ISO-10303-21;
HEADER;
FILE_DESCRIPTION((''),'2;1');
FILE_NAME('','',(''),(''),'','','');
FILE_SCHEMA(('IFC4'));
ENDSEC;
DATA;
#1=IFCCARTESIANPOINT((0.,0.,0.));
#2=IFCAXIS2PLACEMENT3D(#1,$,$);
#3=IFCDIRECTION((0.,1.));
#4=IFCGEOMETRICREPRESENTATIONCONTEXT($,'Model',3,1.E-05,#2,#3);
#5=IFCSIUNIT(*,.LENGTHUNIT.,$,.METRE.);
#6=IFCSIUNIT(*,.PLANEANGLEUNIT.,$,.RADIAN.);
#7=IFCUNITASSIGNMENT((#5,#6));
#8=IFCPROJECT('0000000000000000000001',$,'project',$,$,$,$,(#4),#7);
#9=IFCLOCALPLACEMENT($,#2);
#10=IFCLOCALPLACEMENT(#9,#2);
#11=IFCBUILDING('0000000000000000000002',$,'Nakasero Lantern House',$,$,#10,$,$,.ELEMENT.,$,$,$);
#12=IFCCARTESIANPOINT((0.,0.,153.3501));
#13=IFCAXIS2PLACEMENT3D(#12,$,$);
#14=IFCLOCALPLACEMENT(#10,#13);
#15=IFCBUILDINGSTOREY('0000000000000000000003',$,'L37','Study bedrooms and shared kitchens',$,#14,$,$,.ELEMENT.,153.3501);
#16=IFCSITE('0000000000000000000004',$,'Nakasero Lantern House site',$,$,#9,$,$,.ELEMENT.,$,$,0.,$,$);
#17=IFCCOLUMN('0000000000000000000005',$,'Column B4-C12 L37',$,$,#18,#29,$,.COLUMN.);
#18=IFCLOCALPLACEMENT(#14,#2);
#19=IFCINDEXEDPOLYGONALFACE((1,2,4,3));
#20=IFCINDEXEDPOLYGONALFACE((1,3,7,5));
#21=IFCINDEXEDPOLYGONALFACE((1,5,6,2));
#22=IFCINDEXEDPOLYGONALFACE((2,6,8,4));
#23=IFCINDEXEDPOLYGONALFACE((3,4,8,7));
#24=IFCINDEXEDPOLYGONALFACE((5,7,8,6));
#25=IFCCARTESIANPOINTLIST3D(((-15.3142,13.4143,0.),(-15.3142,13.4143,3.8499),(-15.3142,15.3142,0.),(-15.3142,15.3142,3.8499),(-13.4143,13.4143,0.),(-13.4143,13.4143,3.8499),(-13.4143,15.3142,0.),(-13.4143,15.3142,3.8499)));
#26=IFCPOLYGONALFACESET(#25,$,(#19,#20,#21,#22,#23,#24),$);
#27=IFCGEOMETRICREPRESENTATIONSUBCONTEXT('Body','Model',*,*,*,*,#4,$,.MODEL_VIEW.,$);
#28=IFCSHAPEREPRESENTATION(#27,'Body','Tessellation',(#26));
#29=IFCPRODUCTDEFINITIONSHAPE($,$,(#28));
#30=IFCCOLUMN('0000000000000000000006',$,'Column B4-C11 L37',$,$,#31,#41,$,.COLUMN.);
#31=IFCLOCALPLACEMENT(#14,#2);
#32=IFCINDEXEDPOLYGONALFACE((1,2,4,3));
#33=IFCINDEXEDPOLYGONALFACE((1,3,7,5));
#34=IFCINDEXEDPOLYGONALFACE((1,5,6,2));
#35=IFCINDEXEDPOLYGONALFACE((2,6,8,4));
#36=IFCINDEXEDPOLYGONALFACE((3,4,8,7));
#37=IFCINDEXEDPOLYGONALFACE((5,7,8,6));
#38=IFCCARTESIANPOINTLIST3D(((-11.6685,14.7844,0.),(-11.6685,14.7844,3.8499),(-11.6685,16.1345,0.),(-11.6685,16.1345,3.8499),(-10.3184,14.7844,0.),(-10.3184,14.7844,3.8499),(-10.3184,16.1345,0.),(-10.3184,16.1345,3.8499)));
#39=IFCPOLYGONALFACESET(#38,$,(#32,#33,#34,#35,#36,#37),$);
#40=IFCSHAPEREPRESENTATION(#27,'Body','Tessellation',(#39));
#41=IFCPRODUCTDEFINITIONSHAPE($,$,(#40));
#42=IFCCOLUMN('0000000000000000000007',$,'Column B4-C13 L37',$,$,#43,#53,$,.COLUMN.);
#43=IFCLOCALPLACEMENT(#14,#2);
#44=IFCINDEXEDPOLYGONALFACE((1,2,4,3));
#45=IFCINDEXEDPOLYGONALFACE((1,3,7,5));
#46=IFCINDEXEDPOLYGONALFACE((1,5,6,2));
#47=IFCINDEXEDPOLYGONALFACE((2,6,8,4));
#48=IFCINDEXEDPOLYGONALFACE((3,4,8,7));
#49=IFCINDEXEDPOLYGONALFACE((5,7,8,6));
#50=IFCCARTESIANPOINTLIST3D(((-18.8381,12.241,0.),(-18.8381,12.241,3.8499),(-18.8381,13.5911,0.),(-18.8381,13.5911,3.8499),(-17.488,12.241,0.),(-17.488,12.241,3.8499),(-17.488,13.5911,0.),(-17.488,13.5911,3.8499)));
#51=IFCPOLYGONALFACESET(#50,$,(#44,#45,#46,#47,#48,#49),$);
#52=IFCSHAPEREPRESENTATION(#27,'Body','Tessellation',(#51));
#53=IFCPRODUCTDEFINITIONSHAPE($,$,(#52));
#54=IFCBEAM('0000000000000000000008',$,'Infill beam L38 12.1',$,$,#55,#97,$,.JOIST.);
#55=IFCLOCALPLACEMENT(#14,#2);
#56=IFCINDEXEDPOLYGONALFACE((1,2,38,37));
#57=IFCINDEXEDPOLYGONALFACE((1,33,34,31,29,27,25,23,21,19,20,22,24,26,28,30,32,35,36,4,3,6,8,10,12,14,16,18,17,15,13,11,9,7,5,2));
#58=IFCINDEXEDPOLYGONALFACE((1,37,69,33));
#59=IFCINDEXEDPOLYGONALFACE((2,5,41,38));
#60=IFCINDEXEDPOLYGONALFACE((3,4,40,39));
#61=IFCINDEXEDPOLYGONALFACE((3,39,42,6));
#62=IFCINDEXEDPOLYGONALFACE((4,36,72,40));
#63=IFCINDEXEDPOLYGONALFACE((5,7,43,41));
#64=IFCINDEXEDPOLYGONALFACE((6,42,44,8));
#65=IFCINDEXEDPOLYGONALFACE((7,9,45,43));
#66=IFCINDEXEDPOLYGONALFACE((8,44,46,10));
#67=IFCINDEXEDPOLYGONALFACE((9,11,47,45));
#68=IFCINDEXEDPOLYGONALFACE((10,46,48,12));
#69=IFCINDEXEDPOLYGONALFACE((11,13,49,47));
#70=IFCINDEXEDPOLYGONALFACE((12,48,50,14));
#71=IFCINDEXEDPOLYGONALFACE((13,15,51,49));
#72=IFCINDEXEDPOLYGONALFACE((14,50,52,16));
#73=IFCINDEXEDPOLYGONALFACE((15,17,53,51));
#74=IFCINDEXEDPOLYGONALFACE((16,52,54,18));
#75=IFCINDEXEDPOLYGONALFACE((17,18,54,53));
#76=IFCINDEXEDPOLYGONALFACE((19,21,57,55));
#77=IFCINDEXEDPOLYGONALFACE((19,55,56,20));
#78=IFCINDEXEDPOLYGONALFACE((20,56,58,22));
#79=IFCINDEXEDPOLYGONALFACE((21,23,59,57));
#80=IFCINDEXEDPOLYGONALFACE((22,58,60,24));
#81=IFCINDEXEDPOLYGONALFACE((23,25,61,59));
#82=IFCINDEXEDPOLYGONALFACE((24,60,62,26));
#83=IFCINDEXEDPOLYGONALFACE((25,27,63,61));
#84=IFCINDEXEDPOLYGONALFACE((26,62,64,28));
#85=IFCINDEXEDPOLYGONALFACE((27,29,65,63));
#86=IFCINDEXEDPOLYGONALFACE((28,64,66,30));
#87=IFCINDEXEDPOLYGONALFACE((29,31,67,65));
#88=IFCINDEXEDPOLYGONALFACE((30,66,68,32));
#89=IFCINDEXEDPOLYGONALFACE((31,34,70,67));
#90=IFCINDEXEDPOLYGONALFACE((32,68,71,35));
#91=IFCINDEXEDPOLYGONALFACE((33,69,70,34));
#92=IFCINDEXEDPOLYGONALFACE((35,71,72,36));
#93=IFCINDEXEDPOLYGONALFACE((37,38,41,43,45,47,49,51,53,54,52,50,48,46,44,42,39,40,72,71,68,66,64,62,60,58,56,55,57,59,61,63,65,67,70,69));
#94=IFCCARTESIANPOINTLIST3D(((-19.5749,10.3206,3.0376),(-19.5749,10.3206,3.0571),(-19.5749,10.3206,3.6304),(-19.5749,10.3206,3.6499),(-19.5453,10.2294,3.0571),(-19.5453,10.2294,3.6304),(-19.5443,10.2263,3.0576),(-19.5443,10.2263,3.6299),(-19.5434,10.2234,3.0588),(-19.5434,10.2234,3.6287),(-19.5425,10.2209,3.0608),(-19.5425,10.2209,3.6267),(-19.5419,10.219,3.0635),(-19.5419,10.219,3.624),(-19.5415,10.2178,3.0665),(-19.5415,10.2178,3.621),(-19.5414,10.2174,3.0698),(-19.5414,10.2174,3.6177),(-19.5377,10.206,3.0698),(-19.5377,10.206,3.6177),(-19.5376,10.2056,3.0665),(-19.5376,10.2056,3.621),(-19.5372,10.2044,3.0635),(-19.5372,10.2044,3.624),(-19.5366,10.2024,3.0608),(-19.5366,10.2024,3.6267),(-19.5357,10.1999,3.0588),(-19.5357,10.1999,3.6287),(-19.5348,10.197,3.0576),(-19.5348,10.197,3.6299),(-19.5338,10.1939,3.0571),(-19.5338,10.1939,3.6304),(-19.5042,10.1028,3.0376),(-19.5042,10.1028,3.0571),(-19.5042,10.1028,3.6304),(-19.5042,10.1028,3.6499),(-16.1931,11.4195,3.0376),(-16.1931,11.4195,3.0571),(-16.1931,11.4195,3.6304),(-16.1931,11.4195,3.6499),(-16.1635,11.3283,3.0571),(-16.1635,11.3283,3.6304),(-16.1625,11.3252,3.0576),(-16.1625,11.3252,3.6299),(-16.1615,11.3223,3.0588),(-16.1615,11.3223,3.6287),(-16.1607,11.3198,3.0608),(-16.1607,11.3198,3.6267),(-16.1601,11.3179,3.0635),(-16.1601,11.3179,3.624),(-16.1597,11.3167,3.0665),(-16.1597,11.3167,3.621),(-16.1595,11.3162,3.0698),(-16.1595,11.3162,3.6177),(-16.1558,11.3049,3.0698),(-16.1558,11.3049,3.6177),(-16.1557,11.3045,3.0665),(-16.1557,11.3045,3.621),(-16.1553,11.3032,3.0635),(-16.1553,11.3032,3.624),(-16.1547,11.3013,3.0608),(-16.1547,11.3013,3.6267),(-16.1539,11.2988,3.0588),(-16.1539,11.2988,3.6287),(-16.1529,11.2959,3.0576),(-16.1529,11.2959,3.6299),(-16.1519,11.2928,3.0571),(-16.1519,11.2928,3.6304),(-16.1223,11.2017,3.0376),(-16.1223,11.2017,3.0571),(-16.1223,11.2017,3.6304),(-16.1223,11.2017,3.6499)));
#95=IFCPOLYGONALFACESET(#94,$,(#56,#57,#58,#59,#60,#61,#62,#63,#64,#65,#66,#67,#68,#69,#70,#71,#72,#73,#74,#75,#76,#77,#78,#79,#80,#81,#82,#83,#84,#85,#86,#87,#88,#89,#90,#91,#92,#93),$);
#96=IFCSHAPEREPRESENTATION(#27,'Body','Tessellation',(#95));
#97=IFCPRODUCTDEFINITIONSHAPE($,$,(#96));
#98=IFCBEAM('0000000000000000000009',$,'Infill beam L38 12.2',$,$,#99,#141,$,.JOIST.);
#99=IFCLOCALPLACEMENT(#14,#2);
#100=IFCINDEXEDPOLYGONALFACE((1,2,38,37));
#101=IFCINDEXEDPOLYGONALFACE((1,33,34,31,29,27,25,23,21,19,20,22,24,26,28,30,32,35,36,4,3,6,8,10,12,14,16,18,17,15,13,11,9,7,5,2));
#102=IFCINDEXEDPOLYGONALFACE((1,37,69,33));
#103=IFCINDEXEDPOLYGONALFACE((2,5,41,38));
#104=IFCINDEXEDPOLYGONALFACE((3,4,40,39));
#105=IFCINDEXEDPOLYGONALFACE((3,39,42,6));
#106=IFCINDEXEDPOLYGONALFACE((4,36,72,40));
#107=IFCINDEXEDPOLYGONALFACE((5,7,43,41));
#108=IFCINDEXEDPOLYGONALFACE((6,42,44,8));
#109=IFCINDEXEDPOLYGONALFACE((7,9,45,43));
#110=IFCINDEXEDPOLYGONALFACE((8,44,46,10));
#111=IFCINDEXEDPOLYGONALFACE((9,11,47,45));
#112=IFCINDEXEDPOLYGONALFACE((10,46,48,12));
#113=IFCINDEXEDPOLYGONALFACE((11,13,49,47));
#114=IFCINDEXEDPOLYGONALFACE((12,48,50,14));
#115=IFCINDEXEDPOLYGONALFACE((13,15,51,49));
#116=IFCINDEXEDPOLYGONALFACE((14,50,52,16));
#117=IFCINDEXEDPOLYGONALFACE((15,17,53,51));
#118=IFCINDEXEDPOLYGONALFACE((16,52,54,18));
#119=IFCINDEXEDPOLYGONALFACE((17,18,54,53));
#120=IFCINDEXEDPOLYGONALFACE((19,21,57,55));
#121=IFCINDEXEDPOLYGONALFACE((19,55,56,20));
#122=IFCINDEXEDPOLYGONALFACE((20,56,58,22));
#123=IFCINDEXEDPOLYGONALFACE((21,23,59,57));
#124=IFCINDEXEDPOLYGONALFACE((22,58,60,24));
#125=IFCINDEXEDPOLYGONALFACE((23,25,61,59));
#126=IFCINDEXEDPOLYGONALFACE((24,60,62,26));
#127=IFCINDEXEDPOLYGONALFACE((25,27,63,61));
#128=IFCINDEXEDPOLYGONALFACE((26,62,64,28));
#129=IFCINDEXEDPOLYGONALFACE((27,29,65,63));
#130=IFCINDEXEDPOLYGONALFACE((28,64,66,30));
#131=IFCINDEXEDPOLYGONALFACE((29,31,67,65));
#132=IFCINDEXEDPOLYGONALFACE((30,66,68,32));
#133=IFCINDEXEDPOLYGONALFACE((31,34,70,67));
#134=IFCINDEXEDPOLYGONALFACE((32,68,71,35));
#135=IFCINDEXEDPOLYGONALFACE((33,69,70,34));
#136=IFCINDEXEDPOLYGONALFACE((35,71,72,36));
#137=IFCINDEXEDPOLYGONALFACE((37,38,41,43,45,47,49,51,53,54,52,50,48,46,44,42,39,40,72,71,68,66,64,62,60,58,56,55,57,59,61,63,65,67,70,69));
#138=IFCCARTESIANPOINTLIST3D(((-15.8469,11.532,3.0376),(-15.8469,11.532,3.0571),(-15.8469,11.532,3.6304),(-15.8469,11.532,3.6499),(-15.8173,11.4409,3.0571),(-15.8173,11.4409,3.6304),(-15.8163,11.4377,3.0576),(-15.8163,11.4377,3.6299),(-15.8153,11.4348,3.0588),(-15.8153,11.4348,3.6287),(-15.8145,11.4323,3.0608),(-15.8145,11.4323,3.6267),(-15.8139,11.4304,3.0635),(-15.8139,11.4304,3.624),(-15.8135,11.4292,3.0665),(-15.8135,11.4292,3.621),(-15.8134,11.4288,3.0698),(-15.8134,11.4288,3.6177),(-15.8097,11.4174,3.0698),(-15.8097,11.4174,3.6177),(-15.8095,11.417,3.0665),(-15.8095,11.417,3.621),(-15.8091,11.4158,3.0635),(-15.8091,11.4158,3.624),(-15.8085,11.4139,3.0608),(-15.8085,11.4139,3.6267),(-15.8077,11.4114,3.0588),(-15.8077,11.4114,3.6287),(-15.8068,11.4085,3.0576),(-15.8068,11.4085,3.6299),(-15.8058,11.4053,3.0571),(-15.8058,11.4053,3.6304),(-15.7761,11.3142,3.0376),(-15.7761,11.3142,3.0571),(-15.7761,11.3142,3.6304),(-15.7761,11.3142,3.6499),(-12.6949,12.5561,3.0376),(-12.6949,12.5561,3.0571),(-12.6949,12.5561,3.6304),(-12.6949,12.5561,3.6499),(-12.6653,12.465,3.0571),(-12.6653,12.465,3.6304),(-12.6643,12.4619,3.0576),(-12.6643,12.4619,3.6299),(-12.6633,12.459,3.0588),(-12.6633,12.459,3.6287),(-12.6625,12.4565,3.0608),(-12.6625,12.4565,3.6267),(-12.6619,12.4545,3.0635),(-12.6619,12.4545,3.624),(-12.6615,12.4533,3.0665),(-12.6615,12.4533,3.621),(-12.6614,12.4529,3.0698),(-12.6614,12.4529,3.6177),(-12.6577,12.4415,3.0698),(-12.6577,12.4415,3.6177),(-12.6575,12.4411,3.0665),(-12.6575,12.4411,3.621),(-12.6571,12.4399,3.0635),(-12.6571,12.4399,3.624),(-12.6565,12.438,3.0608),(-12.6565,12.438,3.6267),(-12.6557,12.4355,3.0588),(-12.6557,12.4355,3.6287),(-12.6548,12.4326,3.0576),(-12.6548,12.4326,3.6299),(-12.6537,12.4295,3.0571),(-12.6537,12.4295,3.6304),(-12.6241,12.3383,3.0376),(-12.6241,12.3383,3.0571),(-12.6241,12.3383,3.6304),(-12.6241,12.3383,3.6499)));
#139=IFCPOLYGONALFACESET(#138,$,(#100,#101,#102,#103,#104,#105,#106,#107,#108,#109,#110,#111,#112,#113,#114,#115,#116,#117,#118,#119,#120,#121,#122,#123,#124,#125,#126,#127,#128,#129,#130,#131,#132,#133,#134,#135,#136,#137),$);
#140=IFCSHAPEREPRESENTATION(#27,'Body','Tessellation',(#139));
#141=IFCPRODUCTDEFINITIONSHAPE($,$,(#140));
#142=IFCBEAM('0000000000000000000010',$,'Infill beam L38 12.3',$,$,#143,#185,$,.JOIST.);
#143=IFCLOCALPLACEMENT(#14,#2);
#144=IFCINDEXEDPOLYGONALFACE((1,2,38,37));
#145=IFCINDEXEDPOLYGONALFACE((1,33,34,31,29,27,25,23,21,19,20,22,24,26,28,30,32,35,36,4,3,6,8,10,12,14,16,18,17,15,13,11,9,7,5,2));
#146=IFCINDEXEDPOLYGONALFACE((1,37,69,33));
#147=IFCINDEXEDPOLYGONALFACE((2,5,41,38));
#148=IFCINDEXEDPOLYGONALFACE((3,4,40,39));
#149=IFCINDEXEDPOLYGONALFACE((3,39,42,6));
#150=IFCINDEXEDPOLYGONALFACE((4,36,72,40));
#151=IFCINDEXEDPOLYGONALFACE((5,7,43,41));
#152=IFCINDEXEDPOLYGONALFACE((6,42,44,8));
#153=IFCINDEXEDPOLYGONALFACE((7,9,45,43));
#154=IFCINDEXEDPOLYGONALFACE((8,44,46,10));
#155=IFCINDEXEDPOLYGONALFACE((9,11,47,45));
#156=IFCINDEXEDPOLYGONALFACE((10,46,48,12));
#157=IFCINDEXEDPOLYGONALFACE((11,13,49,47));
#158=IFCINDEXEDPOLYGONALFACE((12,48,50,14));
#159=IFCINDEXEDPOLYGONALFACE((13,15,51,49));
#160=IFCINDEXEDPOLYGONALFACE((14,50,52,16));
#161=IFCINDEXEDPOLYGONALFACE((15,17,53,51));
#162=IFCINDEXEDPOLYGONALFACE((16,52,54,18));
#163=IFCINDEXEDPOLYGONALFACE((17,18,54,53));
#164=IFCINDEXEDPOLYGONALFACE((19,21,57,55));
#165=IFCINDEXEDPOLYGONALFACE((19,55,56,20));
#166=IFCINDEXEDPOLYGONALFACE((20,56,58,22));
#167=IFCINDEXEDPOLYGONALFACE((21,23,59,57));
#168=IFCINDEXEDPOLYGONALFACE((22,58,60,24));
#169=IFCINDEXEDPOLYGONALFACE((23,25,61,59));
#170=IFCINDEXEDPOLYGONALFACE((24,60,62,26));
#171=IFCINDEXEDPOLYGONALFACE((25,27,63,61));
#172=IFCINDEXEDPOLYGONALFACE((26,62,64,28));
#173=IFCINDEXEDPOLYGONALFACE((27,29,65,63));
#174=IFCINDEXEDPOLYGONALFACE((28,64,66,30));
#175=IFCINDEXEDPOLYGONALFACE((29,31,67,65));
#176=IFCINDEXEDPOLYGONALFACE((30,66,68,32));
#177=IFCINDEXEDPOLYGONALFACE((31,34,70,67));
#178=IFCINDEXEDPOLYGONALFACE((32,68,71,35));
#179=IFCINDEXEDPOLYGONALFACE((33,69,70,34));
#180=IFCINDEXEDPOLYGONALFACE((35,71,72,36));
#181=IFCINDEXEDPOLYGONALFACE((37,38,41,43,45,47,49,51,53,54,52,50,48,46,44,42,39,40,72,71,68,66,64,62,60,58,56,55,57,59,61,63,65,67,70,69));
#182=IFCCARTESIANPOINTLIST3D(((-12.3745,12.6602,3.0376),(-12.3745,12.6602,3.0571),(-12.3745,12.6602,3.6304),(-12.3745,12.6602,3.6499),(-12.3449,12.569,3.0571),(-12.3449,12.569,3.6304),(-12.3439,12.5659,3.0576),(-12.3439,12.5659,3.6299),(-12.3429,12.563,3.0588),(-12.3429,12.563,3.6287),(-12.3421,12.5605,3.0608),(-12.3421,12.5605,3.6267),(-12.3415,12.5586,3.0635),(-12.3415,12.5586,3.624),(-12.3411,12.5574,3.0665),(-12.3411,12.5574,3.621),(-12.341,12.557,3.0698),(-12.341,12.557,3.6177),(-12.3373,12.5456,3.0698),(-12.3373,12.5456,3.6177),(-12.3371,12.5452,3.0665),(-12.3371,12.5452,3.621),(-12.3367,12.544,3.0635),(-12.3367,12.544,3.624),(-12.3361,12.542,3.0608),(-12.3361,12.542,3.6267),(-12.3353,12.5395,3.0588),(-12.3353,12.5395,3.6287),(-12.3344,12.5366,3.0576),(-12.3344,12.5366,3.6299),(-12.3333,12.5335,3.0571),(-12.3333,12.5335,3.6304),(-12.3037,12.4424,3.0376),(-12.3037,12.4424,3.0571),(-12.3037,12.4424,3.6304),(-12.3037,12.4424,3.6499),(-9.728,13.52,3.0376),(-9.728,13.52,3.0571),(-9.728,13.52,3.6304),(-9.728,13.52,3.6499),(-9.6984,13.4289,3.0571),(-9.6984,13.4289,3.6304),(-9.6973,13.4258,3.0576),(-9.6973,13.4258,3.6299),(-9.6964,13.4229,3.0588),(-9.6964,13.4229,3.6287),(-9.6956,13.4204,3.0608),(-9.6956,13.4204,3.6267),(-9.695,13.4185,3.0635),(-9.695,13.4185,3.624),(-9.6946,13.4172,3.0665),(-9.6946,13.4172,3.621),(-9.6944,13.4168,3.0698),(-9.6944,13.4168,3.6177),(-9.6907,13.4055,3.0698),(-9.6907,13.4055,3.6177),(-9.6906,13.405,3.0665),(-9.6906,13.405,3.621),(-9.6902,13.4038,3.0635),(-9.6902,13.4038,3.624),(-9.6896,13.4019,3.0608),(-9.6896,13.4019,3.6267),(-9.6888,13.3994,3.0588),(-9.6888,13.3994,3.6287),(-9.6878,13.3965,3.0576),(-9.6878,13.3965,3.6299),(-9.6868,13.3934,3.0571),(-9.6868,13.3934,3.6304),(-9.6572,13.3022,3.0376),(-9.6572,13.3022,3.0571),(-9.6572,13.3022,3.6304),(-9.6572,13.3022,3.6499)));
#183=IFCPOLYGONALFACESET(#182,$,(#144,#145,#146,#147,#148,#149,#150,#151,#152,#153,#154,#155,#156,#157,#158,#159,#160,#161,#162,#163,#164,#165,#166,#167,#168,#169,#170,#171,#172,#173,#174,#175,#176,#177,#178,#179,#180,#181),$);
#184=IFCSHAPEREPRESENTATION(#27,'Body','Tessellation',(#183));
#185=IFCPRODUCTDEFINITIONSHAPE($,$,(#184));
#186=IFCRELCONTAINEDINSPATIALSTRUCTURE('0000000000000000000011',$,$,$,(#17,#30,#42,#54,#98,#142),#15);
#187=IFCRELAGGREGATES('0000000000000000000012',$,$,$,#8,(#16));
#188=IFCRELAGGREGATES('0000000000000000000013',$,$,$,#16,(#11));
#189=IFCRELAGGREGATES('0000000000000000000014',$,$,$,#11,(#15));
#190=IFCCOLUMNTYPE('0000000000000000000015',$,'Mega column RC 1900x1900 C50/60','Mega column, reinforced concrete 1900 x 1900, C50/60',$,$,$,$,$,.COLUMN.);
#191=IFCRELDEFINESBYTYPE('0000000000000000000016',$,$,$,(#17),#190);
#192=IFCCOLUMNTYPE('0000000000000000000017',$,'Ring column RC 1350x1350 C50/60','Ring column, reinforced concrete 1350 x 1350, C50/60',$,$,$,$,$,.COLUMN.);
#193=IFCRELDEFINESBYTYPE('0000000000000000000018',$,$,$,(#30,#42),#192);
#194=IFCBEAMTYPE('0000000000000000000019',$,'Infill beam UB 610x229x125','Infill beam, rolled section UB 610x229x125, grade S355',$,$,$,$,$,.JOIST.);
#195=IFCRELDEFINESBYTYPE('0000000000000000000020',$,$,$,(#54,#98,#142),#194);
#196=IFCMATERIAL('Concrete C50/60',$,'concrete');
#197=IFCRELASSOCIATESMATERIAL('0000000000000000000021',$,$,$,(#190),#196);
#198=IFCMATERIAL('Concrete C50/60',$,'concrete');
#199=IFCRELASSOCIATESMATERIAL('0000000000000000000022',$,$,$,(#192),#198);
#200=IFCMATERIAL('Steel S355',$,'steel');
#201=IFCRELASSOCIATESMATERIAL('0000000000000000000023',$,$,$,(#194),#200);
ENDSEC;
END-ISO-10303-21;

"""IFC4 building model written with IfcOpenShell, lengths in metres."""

from ifc_helpers import new_model, si_unit, direction, frame, origin, origin_2d, place, context, subcontext, project, spatial, rectangle, i_section, extrude, material, material_profile, profile_set, type_object, element, save


model = new_model("IFC4")

# Units and contexts
model_context = context("Model", 3, precision=1e-05, world=origin(), true_north=direction((0.0, 1.0)))
body_context = subcontext(model_context, "Body", "Model", "MODEL_VIEW")
ifc_project = project(units=[si_unit("LENGTHUNIT", "METRE"), si_unit("PLANEANGLEUNIT", "RADIAN")], contexts=[model_context])

# Site, building, storey
site_placement = place(None, origin())
site = spatial("IfcSite", under=ifc_project, at=site_placement, Name="Nakasero Lantern House site", CompositionType="ELEMENT", RefElevation=0.0)
building_placement = place(site_placement, origin())
building = spatial("IfcBuilding", under=site, at=building_placement, Name="Nakasero Lantern House", CompositionType="ELEMENT")
storey_placement = place(building_placement, frame((0.0, 0.0, 153.3501)))
storey = spatial("IfcBuildingStorey", under=building, at=storey_placement, Name="L37", Description="Study bedrooms and shared kitchens", CompositionType="ELEMENT", Elevation=153.3501)

# Columns
ifc_material_1 = material(Name="Concrete C50/60", Category="concrete")
ifc_material_profile_1 = material_profile(ifc_material_1, rectangle(XDim=1.8999, YDim=1.8999, at=origin_2d()), Name="RC 1900x1900")
ifc_profile_set_1 = profile_set([ifc_material_profile_1], Name="Concrete C50/60")
column_type_1 = type_object("IfcColumnType", Name="Mega column RC 1900x1900 C50/60", Description="Mega column, reinforced concrete 1900 x 1900, C50/60", PredefinedType="COLUMN", material=ifc_profile_set_1)
column_placement = place(storey_placement, frame((-14.3643, 14.3643, 0.0), z_axis=(0.0, 0.0, 1.0), x_axis=(1.0, 0.0, 0.0)))
element("IfcColumn", 1, at=column_placement, inside=storey, type_object=column_type_1, Name="Column B4-C12 L37", PredefinedType="COLUMN", context=body_context, shape_type="SweptSolid", body=[
    extrude(rectangle(XDim=1.8999, YDim=1.8999, at=origin_2d()), origin(), (0.0, 0.0, 1.0), 3.8499),
])
ifc_material_2 = material(Name="Concrete C50/60", Category="concrete")
ifc_material_profile_2 = material_profile(ifc_material_2, rectangle(XDim=1.3501, YDim=1.3501, at=origin_2d()), Name="RC 1350x1350")
ifc_profile_set_2 = profile_set([ifc_material_profile_2], Name="Concrete C50/60")
column_type_2 = type_object("IfcColumnType", Name="Ring column RC 1350x1350 C50/60", Description="Ring column, reinforced concrete 1350 x 1350, C50/60", PredefinedType="COLUMN", material=ifc_profile_set_2)
for number, where, z_axis, x_axis, name in (
    (2, (-10.9934, 15.4595, 0.0), (0.0, 0.0, 1.0), (1.0, 0.0, 0.0), "Column B4-C11 L37"),
    (3, (-18.1631, 12.916, 0.0), (0.0, 0.0, 1.0), (1.0, 0.0, 0.0), "Column B4-C13 L37"),
):
    element("IfcColumn", number, at=place(storey_placement, frame(where, z_axis=z_axis, x_axis=x_axis)), inside=storey, type_object=column_type_2, Name=name, PredefinedType="COLUMN", context=body_context, shape_type="SweptSolid", body=[
        extrude(rectangle(XDim=1.3501, YDim=1.3501, at=origin_2d()), origin(), (0.0, 0.0, 1.0), 3.8499),
    ])

# Beams
ifc_material_3 = material(Name="Steel S355", Category="steel")
ifc_material_profile_3 = material_profile(ifc_material_3, i_section(OverallWidth=0.229, OverallDepth=0.6123, WebThickness=0.012, FlangeThickness=0.0195, FilletRadius=0.0127, at=origin_2d()), Name="UB 610x229x125")
ifc_profile_set_3 = profile_set([ifc_material_profile_3], Name="Steel S355")
beam_type_1 = type_object("IfcBeamType", Name="Infill beam UB 610x229x125", Description="Infill beam, rolled section UB 610x229x125, grade S355", PredefinedType="JOIST", material=ifc_profile_set_3)
beam_1_placement = place(storey_placement, frame((-19.5396, 10.2117, 3.3438), z_axis=(0.951052, 0.30903, 0.0), x_axis=(-0.30903, 0.951052, 0.0)))
element("IfcBeam", 4, at=beam_1_placement, inside=storey, type_object=beam_type_1, Name="Infill beam L38 12.1", PredefinedType="JOIST", context=body_context, shape_type="SweptSolid", body=[
    extrude(i_section(OverallWidth=0.229, OverallDepth=0.6123, WebThickness=0.012, FlangeThickness=0.0195, FilletRadius=0.0127, at=origin_2d()), origin(), (0.0, 0.0, 1.0), 3.5559),
])
beam_2_placement = place(storey_placement, frame((-15.8115, 11.4231, 3.3438), z_axis=(0.951057, 0.309014, 0.0), x_axis=(-0.309014, 0.951057, 0.0)))
element("IfcBeam", 5, at=beam_2_placement, inside=storey, type_object=beam_type_1, Name="Infill beam L38 12.2", PredefinedType="JOIST", context=body_context, shape_type="SweptSolid", body=[
    extrude(i_section(OverallWidth=0.229, OverallDepth=0.6123, WebThickness=0.012, FlangeThickness=0.0195, FilletRadius=0.0127, at=origin_2d()), origin(), (0.0, 0.0, 1.0), 3.3142),
])
beam_3_placement = place(storey_placement, frame((-12.3391, 12.5513, 3.3438), z_axis=(0.95106, 0.309007, 0.0), x_axis=(-0.309007, 0.95106, 0.0)))
element("IfcBeam", 6, at=beam_3_placement, inside=storey, type_object=beam_type_1, Name="Infill beam L38 12.3", PredefinedType="JOIST", context=body_context, shape_type="SweptSolid", body=[
    extrude(i_section(OverallWidth=0.229, OverallDepth=0.6123, WebThickness=0.012, FlangeThickness=0.0195, FilletRadius=0.0127, at=origin_2d()), origin(), (0.0, 0.0, 1.0), 2.7827),
])

save(model, "model.ifc")
